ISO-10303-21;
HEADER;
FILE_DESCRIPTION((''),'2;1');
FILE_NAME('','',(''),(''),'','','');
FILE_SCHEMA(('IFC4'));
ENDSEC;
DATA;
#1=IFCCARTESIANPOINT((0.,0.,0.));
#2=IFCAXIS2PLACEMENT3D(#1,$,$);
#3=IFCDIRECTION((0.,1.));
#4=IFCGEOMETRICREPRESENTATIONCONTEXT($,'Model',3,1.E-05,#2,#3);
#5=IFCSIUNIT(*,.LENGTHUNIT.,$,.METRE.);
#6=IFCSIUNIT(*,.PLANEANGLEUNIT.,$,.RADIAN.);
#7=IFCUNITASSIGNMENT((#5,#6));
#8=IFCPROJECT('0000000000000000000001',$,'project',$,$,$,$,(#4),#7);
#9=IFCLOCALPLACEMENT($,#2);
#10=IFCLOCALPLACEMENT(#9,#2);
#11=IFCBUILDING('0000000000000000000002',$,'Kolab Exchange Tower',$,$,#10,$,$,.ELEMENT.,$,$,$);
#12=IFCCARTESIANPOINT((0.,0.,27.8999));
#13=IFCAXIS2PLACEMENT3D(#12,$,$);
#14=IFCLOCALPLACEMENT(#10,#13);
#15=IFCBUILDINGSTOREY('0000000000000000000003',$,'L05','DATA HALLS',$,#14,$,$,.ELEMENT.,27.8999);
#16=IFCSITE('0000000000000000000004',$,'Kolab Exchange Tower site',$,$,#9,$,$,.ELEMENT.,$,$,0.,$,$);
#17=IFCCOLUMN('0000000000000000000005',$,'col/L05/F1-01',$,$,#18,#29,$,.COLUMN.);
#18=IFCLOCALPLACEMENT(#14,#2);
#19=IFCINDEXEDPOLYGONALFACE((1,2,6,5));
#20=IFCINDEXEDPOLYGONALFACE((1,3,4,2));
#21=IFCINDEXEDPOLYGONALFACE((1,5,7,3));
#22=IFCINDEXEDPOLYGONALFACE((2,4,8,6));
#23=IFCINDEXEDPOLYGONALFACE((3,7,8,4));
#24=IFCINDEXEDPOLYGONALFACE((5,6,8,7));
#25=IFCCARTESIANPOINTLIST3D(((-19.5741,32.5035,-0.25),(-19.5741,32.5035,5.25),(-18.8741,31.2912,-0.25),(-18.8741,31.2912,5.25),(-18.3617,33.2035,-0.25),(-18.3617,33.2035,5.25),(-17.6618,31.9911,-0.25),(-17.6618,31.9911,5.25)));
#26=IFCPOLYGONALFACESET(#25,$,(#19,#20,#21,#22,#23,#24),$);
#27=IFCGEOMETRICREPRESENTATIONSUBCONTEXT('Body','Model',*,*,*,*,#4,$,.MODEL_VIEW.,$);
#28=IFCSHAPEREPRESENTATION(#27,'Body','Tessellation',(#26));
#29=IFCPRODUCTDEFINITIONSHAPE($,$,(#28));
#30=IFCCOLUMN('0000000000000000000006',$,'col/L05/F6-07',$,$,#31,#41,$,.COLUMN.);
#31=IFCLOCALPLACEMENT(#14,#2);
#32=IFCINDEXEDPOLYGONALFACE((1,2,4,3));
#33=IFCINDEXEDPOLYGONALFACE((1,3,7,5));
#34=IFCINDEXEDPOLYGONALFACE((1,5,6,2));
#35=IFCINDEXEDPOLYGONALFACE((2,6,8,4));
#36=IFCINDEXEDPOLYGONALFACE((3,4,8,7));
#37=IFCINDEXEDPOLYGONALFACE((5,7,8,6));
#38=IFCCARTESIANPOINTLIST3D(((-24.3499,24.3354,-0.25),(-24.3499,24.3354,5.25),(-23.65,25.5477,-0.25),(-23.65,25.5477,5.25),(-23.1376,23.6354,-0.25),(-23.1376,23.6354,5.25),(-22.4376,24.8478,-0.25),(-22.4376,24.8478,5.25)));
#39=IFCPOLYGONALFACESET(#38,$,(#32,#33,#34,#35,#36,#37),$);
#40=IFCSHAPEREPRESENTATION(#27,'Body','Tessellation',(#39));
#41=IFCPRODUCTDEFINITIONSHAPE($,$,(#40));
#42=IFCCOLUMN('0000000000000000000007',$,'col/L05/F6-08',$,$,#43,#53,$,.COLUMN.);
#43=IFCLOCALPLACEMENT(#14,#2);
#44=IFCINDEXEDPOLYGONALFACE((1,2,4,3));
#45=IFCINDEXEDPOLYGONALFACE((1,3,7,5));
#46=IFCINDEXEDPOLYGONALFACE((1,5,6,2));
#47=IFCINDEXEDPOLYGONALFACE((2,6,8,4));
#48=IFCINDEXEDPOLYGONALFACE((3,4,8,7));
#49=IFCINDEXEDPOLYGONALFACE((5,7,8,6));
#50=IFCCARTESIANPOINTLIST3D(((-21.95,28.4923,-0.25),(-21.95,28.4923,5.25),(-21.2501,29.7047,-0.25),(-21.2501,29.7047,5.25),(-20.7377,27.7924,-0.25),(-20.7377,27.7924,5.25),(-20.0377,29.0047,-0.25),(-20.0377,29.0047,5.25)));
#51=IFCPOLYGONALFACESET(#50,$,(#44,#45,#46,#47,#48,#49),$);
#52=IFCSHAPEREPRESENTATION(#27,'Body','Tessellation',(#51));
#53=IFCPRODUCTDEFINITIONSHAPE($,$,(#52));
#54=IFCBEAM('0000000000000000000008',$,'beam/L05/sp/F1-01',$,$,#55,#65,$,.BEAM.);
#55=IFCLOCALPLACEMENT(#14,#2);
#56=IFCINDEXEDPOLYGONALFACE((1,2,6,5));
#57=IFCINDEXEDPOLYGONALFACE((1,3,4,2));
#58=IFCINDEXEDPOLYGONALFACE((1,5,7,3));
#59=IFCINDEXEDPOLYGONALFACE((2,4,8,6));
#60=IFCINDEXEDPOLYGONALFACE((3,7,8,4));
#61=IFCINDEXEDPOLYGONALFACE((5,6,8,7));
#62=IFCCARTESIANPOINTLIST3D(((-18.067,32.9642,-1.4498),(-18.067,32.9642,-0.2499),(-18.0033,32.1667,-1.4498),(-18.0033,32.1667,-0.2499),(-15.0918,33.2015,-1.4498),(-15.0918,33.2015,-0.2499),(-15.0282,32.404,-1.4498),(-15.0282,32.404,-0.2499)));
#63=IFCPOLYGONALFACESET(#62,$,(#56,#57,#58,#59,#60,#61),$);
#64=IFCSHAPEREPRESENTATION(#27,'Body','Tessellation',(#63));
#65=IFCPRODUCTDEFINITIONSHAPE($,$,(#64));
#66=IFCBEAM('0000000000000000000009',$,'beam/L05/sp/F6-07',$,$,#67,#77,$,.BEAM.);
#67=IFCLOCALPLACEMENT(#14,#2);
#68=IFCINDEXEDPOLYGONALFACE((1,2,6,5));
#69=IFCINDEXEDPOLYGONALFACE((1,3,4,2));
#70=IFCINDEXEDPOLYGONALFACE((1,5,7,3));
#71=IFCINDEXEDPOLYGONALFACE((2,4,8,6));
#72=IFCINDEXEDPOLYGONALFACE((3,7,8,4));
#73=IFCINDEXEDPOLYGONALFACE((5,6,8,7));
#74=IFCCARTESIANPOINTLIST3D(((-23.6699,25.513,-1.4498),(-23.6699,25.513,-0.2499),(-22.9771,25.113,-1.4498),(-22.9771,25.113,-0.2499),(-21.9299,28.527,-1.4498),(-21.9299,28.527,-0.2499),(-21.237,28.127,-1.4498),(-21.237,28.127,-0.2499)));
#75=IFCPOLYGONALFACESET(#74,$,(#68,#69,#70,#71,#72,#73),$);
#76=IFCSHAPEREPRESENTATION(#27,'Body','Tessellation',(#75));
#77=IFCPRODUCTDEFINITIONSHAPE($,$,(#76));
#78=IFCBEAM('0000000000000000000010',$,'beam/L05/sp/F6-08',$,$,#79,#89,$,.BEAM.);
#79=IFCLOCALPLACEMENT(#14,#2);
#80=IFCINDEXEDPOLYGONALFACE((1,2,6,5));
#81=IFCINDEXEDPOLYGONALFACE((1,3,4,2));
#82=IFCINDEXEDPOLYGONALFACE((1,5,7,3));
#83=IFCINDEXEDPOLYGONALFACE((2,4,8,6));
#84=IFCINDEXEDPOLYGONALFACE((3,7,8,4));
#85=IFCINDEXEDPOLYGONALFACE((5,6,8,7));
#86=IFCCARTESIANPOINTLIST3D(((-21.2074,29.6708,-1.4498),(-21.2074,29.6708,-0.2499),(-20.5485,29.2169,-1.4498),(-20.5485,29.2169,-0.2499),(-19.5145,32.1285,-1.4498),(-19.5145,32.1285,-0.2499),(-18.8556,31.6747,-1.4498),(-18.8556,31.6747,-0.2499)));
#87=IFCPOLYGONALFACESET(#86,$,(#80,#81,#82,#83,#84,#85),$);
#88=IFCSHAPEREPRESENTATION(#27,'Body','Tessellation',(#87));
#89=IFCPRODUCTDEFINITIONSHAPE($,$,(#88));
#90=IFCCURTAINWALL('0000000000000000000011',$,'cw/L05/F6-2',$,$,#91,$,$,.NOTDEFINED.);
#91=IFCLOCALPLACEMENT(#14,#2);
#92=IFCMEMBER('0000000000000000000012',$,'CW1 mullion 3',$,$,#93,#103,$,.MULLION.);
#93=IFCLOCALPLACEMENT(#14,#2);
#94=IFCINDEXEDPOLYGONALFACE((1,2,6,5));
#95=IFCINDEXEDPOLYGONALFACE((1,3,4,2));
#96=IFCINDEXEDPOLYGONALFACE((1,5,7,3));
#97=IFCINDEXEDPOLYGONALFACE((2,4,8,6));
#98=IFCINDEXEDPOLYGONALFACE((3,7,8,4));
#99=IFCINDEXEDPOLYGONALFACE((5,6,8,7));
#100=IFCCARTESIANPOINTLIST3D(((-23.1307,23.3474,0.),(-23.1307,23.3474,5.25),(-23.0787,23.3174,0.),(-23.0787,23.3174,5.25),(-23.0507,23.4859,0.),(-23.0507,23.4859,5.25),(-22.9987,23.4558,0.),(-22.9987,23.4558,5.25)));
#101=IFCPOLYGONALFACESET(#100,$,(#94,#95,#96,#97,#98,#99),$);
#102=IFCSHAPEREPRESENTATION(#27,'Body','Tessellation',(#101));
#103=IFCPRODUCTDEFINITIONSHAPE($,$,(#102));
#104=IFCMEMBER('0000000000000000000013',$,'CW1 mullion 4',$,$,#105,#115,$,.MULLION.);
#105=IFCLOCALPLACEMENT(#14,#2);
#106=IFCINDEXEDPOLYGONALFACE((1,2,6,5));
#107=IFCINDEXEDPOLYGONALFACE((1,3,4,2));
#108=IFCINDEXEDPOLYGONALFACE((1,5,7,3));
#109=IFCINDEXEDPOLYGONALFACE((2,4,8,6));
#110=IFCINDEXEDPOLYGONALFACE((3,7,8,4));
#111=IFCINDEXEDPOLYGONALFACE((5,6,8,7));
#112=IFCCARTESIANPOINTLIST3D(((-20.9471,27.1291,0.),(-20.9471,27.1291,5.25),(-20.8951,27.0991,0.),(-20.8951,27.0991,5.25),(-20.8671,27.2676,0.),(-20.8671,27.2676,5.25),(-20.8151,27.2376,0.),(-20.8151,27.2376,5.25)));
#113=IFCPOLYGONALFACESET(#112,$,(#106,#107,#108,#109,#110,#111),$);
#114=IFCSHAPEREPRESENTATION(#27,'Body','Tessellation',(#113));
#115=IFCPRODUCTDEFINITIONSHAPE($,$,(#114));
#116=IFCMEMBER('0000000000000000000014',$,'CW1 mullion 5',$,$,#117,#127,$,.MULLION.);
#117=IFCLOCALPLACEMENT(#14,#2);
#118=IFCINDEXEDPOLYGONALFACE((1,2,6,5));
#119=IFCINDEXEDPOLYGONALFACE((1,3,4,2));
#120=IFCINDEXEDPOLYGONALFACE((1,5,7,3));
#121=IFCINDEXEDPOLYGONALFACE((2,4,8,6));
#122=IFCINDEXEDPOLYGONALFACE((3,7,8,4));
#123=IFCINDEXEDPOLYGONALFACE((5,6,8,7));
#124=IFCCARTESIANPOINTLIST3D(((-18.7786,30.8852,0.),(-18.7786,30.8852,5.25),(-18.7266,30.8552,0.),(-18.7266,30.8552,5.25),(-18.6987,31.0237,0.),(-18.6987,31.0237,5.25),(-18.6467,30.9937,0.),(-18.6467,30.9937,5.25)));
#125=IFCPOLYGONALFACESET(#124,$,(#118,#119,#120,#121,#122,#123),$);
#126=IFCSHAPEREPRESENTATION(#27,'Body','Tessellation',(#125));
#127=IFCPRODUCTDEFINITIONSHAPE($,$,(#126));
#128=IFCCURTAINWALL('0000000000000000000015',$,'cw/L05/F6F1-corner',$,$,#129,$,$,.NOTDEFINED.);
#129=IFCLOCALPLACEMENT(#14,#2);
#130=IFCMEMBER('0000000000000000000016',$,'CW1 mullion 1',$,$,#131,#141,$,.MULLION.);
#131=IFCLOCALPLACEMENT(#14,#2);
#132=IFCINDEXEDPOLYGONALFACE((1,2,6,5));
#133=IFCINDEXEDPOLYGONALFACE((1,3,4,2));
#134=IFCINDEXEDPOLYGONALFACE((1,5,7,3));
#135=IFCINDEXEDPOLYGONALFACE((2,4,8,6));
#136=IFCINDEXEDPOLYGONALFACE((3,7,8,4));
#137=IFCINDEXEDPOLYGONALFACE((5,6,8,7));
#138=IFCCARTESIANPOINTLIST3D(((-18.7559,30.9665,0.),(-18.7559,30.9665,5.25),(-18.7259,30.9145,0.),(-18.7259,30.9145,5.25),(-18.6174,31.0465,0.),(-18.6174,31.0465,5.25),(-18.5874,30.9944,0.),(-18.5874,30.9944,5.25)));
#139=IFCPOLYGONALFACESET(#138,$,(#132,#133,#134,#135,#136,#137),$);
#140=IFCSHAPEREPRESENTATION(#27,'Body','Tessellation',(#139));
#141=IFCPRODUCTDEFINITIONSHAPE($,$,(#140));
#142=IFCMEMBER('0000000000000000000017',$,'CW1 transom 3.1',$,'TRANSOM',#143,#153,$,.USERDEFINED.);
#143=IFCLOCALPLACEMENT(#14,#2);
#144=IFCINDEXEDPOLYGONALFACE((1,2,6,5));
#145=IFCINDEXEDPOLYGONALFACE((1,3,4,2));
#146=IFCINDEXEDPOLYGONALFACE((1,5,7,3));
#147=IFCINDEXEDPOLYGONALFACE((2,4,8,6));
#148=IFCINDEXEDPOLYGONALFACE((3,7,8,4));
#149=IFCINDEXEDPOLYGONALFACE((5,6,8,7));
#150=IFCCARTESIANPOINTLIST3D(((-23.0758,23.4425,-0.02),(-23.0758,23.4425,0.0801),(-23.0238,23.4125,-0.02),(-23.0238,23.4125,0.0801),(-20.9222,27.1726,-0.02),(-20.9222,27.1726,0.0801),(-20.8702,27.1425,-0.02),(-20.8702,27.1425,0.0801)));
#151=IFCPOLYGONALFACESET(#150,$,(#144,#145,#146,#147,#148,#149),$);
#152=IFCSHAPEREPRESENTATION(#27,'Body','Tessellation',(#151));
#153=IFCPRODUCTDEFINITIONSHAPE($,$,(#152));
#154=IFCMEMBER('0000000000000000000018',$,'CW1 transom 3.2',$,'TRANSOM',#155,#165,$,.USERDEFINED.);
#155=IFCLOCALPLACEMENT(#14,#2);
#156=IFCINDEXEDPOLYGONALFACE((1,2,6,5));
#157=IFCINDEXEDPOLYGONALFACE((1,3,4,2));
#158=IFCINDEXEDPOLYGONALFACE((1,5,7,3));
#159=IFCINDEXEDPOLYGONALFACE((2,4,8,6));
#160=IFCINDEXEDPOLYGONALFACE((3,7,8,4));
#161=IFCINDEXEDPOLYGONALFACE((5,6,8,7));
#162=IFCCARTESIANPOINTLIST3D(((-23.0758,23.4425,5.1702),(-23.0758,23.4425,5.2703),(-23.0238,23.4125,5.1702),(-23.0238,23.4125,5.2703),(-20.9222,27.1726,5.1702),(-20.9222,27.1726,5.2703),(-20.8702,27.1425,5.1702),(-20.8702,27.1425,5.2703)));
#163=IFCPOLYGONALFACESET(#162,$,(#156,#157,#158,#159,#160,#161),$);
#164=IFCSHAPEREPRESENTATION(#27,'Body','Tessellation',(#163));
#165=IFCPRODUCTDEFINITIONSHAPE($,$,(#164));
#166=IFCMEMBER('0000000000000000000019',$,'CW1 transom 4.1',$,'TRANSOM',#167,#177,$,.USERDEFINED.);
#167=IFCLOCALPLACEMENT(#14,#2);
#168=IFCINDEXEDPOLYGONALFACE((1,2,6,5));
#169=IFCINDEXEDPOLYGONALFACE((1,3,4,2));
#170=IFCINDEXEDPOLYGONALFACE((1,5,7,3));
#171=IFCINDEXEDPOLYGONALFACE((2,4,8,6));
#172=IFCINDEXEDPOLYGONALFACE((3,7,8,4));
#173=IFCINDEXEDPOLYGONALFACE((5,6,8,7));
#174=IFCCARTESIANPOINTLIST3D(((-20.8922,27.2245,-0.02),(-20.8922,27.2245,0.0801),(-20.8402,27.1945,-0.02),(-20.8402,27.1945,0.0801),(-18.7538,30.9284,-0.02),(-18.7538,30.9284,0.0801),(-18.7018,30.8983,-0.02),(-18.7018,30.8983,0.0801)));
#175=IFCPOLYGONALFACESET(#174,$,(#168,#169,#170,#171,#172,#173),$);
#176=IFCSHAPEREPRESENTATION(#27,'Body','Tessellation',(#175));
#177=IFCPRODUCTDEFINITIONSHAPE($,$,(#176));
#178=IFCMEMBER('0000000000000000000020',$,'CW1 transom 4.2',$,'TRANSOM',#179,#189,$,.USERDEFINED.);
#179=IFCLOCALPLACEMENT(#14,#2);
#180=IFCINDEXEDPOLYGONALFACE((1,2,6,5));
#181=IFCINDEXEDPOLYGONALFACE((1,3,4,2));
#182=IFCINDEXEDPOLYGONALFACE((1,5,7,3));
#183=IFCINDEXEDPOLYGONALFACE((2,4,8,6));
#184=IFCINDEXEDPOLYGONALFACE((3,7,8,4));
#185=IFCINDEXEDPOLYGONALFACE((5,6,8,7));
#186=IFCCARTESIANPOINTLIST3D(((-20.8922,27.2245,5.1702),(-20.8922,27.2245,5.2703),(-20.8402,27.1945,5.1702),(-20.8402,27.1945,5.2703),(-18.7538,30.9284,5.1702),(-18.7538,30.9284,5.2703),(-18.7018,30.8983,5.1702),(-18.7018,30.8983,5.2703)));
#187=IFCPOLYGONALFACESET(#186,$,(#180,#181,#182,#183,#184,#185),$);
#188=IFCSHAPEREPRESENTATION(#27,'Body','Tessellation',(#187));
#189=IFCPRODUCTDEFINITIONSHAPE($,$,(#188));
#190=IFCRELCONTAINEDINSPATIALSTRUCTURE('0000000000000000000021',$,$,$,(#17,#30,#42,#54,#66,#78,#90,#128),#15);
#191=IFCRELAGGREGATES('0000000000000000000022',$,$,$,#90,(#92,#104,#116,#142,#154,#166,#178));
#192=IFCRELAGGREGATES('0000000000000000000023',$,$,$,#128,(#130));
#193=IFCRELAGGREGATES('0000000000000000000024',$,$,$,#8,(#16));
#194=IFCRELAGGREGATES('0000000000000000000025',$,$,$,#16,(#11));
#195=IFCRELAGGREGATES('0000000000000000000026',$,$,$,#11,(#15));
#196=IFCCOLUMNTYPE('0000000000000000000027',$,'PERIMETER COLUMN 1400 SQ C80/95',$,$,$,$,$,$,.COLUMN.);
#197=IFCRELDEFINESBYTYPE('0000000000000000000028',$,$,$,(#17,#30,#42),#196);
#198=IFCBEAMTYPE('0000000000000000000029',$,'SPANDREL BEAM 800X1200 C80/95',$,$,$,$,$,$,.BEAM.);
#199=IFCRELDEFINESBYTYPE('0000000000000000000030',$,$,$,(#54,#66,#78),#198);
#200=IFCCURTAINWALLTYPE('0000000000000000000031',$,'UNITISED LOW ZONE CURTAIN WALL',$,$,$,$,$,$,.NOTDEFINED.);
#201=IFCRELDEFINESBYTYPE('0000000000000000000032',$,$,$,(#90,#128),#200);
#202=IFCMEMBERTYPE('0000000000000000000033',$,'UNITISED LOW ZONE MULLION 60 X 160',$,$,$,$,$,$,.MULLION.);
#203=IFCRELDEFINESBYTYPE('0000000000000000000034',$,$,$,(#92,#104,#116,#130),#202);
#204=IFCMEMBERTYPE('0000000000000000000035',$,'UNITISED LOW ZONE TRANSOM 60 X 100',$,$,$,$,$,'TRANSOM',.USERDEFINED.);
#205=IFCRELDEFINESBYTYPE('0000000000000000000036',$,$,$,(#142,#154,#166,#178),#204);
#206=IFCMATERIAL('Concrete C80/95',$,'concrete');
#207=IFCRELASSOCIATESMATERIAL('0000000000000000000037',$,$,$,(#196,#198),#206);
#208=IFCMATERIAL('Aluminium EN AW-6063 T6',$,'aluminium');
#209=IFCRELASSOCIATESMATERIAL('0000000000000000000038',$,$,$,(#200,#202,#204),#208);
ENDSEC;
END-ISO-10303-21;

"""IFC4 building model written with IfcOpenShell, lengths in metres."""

from ifc_helpers import new_model, si_unit, direction, frame, origin, origin_2d, place, context, subcontext, project, spatial, rectangle, extrude, material, material_profile, profile_set, type_object, element, aggregate, save


model = new_model("IFC4")

# Units and contexts
model_context = context("Model", 3, precision=1e-05, world=origin(), true_north=direction((0.0, 1.0)))
body_context = subcontext(model_context, "Body", "Model", "MODEL_VIEW")
ifc_project = project(units=[si_unit("LENGTHUNIT", "METRE"), si_unit("PLANEANGLEUNIT", "RADIAN")], contexts=[model_context])

# Site, building, storey
site_placement = place(None, origin())
site = spatial("IfcSite", under=ifc_project, at=site_placement, Name="Kolab Exchange Tower site", CompositionType="ELEMENT", RefElevation=0.0)
building_placement = place(site_placement, origin())
building = spatial("IfcBuilding", under=site, at=building_placement, Name="Kolab Exchange Tower", CompositionType="ELEMENT")
storey_placement = place(building_placement, frame((0.0, 0.0, 27.8999)))
storey = spatial("IfcBuildingStorey", under=building, at=storey_placement, Name="L05", Description="DATA HALLS", CompositionType="ELEMENT", Elevation=27.8999)

# Columns
ifc_material_1 = material(Name="Concrete C80/95", Category="concrete")
ifc_material_profile_1 = material_profile(ifc_material_1, rectangle(XDim=1.3999, YDim=1.3999, at=origin_2d()), Name="RC1400")
ifc_profile_set_1 = profile_set([ifc_material_profile_1], Name="Concrete C80/95")
column_type = type_object("IfcColumnType", Name="PERIMETER COLUMN 1400 SQ C80/95", PredefinedType="COLUMN", material=ifc_profile_set_1)
for number, where, z_axis, x_axis, name in (
    (1, (-18.6179, 32.2473, -0.25), (0.0, 0.0, 1.0), (0.866025, 0.5, 0.0), "col/L05/F1-01"),
    (2, (-23.3938, 24.5916, -0.25), (0.0, 0.0, 1.0), (0.5, 0.866025, 0.0), "col/L05/F6-07"),
    (3, (-20.9939, 28.7485, -0.25), (0.0, 0.0, 1.0), (0.5, 0.866025, 0.0), "col/L05/F6-08"),
):
    element("IfcColumn", number, at=place(storey_placement, frame(where, z_axis=z_axis, x_axis=x_axis)), inside=storey, type_object=column_type, Name=name, PredefinedType="COLUMN", context=body_context, shape_type="SweptSolid", body=[
        extrude(rectangle(XDim=1.3999, YDim=1.3999, at=origin_2d()), origin(), (0.0, 0.0, 1.0), 5.5),
    ])

# Beams
ifc_material_profile_2 = material_profile(ifc_material_1, rectangle(XDim=0.8, YDim=1.2, at=origin_2d()), Name="RC800X1200")
ifc_profile_set_2 = profile_set([ifc_material_profile_2], Name="Concrete C80/95")
beam_type = type_object("IfcBeamType", Name="SPANDREL BEAM 800X1200 C80/95", PredefinedType="BEAM", material=ifc_profile_set_2)
beam_1_placement = place(storey_placement, frame((-18.0352, 32.5654, -0.8499), z_axis=(0.996834, 0.079511, 0.0), x_axis=(-0.079511, 0.996834, 0.0)))
element("IfcBeam", 4, at=beam_1_placement, inside=storey, type_object=beam_type, Name="beam/L05/sp/F1-01", PredefinedType="BEAM", context=body_context, shape_type="SweptSolid", body=[
    extrude(rectangle(XDim=0.8, YDim=1.2, at=origin_2d()), origin(), (0.0, 0.0, 1.0), 2.9846),
])
beam_2_placement = place(storey_placement, frame((-23.3235, 25.313, -0.8499), z_axis=(0.49998, 0.866037, 0.0), x_axis=(-0.866037, 0.49998, 0.0)))
element("IfcBeam", 5, at=beam_2_placement, inside=storey, type_object=beam_type, Name="beam/L05/sp/F6-07", PredefinedType="BEAM", context=body_context, shape_type="SweptSolid", body=[
    extrude(rectangle(XDim=0.8, YDim=1.2, at=origin_2d()), origin(), (0.0, 0.0, 1.0), 3.4802),
])
beam_3_placement = place(storey_placement, frame((-20.8779, 29.4438, -0.8499), z_axis=(0.567247, 0.823548, 0.0), x_axis=(-0.823548, 0.567247, 0.0)))
element("IfcBeam", 6, at=beam_3_placement, inside=storey, type_object=beam_type, Name="beam/L05/sp/F6-08", PredefinedType="BEAM", context=body_context, shape_type="SweptSolid", body=[
    extrude(rectangle(XDim=0.8, YDim=1.2, at=origin_2d()), origin(), (0.0, 0.0, 1.0), 2.9844),
])

# Curtain wall, members
ifc_material_2 = material(Name="Aluminium EN AW-6063 T6", Category="aluminium")
curtain_wall_type = type_object("IfcCurtainWallType", Name="UNITISED LOW ZONE CURTAIN WALL", PredefinedType="NOTDEFINED", material=ifc_material_2)
curtain_wall_1_placement = place(storey_placement, origin())
curtain_wall_1 = element("IfcCurtainWall", 7, at=curtain_wall_1_placement, inside=storey, type_object=curtain_wall_type, Name="cw/L05/F6-2", PredefinedType="NOTDEFINED")
ifc_material_profile_3 = material_profile(ifc_material_2, rectangle(XDim=0.0601, YDim=0.1599, at=origin_2d()), Name="RECT 60X160")
ifc_profile_set_3 = profile_set([ifc_material_profile_3], Name="Aluminium EN AW-6063 T6")
member_type_1 = type_object("IfcMemberType", Name="UNITISED LOW ZONE MULLION 60 X 160", PredefinedType="MULLION", material=ifc_profile_set_3)
member_1_placement = place(storey_placement, frame((-23.0647, 23.4016, 0.0), z_axis=(0.0, 0.0, 1.0), x_axis=(-0.866025, 0.5, 0.0)))
member_1 = element("IfcMember", 8, at=member_1_placement, type_object=member_type_1, Name="CW1 mullion 3", PredefinedType="MULLION", context=body_context, shape_type="SweptSolid", body=[
    extrude(rectangle(XDim=0.0601, YDim=0.1599, at=origin_2d()), origin(), (0.0, 0.0, 1.0), 5.25),
])
member_2_placement = place(storey_placement, frame((-20.8811, 27.1833, 0.0), z_axis=(0.0, 0.0, 1.0), x_axis=(-0.866025, 0.5, 0.0)))
member_2 = element("IfcMember", 9, at=member_2_placement, type_object=member_type_1, Name="CW1 mullion 4", PredefinedType="MULLION", context=body_context, shape_type="SweptSolid", body=[
    extrude(rectangle(XDim=0.0601, YDim=0.1599, at=origin_2d()), origin(), (0.0, 0.0, 1.0), 5.25),
])
member_3_placement = place(storey_placement, frame((-18.7126, 30.9395, 0.0), z_axis=(0.0, 0.0, 1.0), x_axis=(-0.866025, 0.5, 0.0)))
member_3 = element("IfcMember", 10, at=member_3_placement, type_object=member_type_1, Name="CW1 mullion 5", PredefinedType="MULLION", context=body_context, shape_type="SweptSolid", body=[
    extrude(rectangle(XDim=0.0601, YDim=0.1599, at=origin_2d()), origin(), (0.0, 0.0, 1.0), 5.25),
])

# Curtain wall, member
curtain_wall_2_placement = place(storey_placement, origin())
curtain_wall_2 = element("IfcCurtainWall", 11, at=curtain_wall_2_placement, inside=storey, type_object=curtain_wall_type, Name="cw/L05/F6F1-corner", PredefinedType="NOTDEFINED")
member_4_placement = place(storey_placement, frame((-18.6716, 30.9805, 0.0), z_axis=(0.0, 0.0, 1.0), x_axis=(-0.5, 0.866025, 0.0)))
member_4 = element("IfcMember", 12, at=member_4_placement, type_object=member_type_1, Name="CW1 mullion 1", PredefinedType="MULLION", context=body_context, shape_type="SweptSolid", body=[
    extrude(rectangle(XDim=0.0601, YDim=0.1599, at=origin_2d()), origin(), (0.0, 0.0, 1.0), 5.25),
])

# Members
ifc_material_profile_4 = material_profile(ifc_material_2, rectangle(XDim=0.0601, YDim=0.1001, at=origin_2d()), Name="RECT 60X100")
ifc_profile_set_4 = profile_set([ifc_material_profile_4], Name="Aluminium EN AW-6063 T6")
member_type_2 = type_object("IfcMemberType", Name="UNITISED LOW ZONE TRANSOM 60 X 100", ElementType="TRANSOM", PredefinedType="USERDEFINED", material=ifc_profile_set_4)
member_5_placement = place(storey_placement, frame((-23.0498, 23.4275, 0.03), z_axis=(0.50001, 0.866019, 0.0), x_axis=(-0.866019, 0.50001, 0.0)))
member_5 = element("IfcMember", 13, at=member_5_placement, type_object=member_type_2, Name="CW1 transom 3.1", ObjectType="TRANSOM", PredefinedType="USERDEFINED", context=body_context, shape_type="SweptSolid", body=[
    extrude(rectangle(XDim=0.0601, YDim=0.1001, at=origin_2d()), origin(), (0.0, 0.0, 1.0), 4.3071),
])
member_6_placement = place(storey_placement, frame((-23.0498, 23.4275, 5.2202), z_axis=(0.50001, 0.866019, 0.0), x_axis=(-0.866019, 0.50001, 0.0)))
member_6 = element("IfcMember", 14, at=member_6_placement, type_object=member_type_2, Name="CW1 transom 3.2", ObjectType="TRANSOM", PredefinedType="USERDEFINED", context=body_context, shape_type="SweptSolid", body=[
    extrude(rectangle(XDim=0.0601, YDim=0.1001, at=origin_2d()), origin(), (0.0, 0.0, 1.0), 4.3071),
])
member_7_placement = place(storey_placement, frame((-20.8662, 27.2095, 0.03), z_axis=(0.500001, 0.866025, 0.0), x_axis=(-0.866025, 0.500001, 0.0)))
member_7 = element("IfcMember", 15, at=member_7_placement, type_object=member_type_2, Name="CW1 transom 4.1", ObjectType="TRANSOM", PredefinedType="USERDEFINED", context=body_context, shape_type="SweptSolid", body=[
    extrude(rectangle(XDim=0.0601, YDim=0.1001, at=origin_2d()), origin(), (0.0, 0.0, 1.0), 4.2769),
])
member_8_placement = place(storey_placement, frame((-20.8662, 27.2095, 5.2202), z_axis=(0.500001, 0.866025, 0.0), x_axis=(-0.866025, 0.500001, 0.0)))
member_8 = element("IfcMember", 16, at=member_8_placement, type_object=member_type_2, Name="CW1 transom 4.2", ObjectType="TRANSOM", PredefinedType="USERDEFINED", context=body_context, shape_type="SweptSolid", body=[
    extrude(rectangle(XDim=0.0601, YDim=0.1001, at=origin_2d()), origin(), (0.0, 0.0, 1.0), 4.2769),
])

aggregate(curtain_wall_1, [member_1, member_2, member_3, member_5, member_6, member_7, member_8])
aggregate(curtain_wall_2, [member_4])

save(model, "model.ifc")
